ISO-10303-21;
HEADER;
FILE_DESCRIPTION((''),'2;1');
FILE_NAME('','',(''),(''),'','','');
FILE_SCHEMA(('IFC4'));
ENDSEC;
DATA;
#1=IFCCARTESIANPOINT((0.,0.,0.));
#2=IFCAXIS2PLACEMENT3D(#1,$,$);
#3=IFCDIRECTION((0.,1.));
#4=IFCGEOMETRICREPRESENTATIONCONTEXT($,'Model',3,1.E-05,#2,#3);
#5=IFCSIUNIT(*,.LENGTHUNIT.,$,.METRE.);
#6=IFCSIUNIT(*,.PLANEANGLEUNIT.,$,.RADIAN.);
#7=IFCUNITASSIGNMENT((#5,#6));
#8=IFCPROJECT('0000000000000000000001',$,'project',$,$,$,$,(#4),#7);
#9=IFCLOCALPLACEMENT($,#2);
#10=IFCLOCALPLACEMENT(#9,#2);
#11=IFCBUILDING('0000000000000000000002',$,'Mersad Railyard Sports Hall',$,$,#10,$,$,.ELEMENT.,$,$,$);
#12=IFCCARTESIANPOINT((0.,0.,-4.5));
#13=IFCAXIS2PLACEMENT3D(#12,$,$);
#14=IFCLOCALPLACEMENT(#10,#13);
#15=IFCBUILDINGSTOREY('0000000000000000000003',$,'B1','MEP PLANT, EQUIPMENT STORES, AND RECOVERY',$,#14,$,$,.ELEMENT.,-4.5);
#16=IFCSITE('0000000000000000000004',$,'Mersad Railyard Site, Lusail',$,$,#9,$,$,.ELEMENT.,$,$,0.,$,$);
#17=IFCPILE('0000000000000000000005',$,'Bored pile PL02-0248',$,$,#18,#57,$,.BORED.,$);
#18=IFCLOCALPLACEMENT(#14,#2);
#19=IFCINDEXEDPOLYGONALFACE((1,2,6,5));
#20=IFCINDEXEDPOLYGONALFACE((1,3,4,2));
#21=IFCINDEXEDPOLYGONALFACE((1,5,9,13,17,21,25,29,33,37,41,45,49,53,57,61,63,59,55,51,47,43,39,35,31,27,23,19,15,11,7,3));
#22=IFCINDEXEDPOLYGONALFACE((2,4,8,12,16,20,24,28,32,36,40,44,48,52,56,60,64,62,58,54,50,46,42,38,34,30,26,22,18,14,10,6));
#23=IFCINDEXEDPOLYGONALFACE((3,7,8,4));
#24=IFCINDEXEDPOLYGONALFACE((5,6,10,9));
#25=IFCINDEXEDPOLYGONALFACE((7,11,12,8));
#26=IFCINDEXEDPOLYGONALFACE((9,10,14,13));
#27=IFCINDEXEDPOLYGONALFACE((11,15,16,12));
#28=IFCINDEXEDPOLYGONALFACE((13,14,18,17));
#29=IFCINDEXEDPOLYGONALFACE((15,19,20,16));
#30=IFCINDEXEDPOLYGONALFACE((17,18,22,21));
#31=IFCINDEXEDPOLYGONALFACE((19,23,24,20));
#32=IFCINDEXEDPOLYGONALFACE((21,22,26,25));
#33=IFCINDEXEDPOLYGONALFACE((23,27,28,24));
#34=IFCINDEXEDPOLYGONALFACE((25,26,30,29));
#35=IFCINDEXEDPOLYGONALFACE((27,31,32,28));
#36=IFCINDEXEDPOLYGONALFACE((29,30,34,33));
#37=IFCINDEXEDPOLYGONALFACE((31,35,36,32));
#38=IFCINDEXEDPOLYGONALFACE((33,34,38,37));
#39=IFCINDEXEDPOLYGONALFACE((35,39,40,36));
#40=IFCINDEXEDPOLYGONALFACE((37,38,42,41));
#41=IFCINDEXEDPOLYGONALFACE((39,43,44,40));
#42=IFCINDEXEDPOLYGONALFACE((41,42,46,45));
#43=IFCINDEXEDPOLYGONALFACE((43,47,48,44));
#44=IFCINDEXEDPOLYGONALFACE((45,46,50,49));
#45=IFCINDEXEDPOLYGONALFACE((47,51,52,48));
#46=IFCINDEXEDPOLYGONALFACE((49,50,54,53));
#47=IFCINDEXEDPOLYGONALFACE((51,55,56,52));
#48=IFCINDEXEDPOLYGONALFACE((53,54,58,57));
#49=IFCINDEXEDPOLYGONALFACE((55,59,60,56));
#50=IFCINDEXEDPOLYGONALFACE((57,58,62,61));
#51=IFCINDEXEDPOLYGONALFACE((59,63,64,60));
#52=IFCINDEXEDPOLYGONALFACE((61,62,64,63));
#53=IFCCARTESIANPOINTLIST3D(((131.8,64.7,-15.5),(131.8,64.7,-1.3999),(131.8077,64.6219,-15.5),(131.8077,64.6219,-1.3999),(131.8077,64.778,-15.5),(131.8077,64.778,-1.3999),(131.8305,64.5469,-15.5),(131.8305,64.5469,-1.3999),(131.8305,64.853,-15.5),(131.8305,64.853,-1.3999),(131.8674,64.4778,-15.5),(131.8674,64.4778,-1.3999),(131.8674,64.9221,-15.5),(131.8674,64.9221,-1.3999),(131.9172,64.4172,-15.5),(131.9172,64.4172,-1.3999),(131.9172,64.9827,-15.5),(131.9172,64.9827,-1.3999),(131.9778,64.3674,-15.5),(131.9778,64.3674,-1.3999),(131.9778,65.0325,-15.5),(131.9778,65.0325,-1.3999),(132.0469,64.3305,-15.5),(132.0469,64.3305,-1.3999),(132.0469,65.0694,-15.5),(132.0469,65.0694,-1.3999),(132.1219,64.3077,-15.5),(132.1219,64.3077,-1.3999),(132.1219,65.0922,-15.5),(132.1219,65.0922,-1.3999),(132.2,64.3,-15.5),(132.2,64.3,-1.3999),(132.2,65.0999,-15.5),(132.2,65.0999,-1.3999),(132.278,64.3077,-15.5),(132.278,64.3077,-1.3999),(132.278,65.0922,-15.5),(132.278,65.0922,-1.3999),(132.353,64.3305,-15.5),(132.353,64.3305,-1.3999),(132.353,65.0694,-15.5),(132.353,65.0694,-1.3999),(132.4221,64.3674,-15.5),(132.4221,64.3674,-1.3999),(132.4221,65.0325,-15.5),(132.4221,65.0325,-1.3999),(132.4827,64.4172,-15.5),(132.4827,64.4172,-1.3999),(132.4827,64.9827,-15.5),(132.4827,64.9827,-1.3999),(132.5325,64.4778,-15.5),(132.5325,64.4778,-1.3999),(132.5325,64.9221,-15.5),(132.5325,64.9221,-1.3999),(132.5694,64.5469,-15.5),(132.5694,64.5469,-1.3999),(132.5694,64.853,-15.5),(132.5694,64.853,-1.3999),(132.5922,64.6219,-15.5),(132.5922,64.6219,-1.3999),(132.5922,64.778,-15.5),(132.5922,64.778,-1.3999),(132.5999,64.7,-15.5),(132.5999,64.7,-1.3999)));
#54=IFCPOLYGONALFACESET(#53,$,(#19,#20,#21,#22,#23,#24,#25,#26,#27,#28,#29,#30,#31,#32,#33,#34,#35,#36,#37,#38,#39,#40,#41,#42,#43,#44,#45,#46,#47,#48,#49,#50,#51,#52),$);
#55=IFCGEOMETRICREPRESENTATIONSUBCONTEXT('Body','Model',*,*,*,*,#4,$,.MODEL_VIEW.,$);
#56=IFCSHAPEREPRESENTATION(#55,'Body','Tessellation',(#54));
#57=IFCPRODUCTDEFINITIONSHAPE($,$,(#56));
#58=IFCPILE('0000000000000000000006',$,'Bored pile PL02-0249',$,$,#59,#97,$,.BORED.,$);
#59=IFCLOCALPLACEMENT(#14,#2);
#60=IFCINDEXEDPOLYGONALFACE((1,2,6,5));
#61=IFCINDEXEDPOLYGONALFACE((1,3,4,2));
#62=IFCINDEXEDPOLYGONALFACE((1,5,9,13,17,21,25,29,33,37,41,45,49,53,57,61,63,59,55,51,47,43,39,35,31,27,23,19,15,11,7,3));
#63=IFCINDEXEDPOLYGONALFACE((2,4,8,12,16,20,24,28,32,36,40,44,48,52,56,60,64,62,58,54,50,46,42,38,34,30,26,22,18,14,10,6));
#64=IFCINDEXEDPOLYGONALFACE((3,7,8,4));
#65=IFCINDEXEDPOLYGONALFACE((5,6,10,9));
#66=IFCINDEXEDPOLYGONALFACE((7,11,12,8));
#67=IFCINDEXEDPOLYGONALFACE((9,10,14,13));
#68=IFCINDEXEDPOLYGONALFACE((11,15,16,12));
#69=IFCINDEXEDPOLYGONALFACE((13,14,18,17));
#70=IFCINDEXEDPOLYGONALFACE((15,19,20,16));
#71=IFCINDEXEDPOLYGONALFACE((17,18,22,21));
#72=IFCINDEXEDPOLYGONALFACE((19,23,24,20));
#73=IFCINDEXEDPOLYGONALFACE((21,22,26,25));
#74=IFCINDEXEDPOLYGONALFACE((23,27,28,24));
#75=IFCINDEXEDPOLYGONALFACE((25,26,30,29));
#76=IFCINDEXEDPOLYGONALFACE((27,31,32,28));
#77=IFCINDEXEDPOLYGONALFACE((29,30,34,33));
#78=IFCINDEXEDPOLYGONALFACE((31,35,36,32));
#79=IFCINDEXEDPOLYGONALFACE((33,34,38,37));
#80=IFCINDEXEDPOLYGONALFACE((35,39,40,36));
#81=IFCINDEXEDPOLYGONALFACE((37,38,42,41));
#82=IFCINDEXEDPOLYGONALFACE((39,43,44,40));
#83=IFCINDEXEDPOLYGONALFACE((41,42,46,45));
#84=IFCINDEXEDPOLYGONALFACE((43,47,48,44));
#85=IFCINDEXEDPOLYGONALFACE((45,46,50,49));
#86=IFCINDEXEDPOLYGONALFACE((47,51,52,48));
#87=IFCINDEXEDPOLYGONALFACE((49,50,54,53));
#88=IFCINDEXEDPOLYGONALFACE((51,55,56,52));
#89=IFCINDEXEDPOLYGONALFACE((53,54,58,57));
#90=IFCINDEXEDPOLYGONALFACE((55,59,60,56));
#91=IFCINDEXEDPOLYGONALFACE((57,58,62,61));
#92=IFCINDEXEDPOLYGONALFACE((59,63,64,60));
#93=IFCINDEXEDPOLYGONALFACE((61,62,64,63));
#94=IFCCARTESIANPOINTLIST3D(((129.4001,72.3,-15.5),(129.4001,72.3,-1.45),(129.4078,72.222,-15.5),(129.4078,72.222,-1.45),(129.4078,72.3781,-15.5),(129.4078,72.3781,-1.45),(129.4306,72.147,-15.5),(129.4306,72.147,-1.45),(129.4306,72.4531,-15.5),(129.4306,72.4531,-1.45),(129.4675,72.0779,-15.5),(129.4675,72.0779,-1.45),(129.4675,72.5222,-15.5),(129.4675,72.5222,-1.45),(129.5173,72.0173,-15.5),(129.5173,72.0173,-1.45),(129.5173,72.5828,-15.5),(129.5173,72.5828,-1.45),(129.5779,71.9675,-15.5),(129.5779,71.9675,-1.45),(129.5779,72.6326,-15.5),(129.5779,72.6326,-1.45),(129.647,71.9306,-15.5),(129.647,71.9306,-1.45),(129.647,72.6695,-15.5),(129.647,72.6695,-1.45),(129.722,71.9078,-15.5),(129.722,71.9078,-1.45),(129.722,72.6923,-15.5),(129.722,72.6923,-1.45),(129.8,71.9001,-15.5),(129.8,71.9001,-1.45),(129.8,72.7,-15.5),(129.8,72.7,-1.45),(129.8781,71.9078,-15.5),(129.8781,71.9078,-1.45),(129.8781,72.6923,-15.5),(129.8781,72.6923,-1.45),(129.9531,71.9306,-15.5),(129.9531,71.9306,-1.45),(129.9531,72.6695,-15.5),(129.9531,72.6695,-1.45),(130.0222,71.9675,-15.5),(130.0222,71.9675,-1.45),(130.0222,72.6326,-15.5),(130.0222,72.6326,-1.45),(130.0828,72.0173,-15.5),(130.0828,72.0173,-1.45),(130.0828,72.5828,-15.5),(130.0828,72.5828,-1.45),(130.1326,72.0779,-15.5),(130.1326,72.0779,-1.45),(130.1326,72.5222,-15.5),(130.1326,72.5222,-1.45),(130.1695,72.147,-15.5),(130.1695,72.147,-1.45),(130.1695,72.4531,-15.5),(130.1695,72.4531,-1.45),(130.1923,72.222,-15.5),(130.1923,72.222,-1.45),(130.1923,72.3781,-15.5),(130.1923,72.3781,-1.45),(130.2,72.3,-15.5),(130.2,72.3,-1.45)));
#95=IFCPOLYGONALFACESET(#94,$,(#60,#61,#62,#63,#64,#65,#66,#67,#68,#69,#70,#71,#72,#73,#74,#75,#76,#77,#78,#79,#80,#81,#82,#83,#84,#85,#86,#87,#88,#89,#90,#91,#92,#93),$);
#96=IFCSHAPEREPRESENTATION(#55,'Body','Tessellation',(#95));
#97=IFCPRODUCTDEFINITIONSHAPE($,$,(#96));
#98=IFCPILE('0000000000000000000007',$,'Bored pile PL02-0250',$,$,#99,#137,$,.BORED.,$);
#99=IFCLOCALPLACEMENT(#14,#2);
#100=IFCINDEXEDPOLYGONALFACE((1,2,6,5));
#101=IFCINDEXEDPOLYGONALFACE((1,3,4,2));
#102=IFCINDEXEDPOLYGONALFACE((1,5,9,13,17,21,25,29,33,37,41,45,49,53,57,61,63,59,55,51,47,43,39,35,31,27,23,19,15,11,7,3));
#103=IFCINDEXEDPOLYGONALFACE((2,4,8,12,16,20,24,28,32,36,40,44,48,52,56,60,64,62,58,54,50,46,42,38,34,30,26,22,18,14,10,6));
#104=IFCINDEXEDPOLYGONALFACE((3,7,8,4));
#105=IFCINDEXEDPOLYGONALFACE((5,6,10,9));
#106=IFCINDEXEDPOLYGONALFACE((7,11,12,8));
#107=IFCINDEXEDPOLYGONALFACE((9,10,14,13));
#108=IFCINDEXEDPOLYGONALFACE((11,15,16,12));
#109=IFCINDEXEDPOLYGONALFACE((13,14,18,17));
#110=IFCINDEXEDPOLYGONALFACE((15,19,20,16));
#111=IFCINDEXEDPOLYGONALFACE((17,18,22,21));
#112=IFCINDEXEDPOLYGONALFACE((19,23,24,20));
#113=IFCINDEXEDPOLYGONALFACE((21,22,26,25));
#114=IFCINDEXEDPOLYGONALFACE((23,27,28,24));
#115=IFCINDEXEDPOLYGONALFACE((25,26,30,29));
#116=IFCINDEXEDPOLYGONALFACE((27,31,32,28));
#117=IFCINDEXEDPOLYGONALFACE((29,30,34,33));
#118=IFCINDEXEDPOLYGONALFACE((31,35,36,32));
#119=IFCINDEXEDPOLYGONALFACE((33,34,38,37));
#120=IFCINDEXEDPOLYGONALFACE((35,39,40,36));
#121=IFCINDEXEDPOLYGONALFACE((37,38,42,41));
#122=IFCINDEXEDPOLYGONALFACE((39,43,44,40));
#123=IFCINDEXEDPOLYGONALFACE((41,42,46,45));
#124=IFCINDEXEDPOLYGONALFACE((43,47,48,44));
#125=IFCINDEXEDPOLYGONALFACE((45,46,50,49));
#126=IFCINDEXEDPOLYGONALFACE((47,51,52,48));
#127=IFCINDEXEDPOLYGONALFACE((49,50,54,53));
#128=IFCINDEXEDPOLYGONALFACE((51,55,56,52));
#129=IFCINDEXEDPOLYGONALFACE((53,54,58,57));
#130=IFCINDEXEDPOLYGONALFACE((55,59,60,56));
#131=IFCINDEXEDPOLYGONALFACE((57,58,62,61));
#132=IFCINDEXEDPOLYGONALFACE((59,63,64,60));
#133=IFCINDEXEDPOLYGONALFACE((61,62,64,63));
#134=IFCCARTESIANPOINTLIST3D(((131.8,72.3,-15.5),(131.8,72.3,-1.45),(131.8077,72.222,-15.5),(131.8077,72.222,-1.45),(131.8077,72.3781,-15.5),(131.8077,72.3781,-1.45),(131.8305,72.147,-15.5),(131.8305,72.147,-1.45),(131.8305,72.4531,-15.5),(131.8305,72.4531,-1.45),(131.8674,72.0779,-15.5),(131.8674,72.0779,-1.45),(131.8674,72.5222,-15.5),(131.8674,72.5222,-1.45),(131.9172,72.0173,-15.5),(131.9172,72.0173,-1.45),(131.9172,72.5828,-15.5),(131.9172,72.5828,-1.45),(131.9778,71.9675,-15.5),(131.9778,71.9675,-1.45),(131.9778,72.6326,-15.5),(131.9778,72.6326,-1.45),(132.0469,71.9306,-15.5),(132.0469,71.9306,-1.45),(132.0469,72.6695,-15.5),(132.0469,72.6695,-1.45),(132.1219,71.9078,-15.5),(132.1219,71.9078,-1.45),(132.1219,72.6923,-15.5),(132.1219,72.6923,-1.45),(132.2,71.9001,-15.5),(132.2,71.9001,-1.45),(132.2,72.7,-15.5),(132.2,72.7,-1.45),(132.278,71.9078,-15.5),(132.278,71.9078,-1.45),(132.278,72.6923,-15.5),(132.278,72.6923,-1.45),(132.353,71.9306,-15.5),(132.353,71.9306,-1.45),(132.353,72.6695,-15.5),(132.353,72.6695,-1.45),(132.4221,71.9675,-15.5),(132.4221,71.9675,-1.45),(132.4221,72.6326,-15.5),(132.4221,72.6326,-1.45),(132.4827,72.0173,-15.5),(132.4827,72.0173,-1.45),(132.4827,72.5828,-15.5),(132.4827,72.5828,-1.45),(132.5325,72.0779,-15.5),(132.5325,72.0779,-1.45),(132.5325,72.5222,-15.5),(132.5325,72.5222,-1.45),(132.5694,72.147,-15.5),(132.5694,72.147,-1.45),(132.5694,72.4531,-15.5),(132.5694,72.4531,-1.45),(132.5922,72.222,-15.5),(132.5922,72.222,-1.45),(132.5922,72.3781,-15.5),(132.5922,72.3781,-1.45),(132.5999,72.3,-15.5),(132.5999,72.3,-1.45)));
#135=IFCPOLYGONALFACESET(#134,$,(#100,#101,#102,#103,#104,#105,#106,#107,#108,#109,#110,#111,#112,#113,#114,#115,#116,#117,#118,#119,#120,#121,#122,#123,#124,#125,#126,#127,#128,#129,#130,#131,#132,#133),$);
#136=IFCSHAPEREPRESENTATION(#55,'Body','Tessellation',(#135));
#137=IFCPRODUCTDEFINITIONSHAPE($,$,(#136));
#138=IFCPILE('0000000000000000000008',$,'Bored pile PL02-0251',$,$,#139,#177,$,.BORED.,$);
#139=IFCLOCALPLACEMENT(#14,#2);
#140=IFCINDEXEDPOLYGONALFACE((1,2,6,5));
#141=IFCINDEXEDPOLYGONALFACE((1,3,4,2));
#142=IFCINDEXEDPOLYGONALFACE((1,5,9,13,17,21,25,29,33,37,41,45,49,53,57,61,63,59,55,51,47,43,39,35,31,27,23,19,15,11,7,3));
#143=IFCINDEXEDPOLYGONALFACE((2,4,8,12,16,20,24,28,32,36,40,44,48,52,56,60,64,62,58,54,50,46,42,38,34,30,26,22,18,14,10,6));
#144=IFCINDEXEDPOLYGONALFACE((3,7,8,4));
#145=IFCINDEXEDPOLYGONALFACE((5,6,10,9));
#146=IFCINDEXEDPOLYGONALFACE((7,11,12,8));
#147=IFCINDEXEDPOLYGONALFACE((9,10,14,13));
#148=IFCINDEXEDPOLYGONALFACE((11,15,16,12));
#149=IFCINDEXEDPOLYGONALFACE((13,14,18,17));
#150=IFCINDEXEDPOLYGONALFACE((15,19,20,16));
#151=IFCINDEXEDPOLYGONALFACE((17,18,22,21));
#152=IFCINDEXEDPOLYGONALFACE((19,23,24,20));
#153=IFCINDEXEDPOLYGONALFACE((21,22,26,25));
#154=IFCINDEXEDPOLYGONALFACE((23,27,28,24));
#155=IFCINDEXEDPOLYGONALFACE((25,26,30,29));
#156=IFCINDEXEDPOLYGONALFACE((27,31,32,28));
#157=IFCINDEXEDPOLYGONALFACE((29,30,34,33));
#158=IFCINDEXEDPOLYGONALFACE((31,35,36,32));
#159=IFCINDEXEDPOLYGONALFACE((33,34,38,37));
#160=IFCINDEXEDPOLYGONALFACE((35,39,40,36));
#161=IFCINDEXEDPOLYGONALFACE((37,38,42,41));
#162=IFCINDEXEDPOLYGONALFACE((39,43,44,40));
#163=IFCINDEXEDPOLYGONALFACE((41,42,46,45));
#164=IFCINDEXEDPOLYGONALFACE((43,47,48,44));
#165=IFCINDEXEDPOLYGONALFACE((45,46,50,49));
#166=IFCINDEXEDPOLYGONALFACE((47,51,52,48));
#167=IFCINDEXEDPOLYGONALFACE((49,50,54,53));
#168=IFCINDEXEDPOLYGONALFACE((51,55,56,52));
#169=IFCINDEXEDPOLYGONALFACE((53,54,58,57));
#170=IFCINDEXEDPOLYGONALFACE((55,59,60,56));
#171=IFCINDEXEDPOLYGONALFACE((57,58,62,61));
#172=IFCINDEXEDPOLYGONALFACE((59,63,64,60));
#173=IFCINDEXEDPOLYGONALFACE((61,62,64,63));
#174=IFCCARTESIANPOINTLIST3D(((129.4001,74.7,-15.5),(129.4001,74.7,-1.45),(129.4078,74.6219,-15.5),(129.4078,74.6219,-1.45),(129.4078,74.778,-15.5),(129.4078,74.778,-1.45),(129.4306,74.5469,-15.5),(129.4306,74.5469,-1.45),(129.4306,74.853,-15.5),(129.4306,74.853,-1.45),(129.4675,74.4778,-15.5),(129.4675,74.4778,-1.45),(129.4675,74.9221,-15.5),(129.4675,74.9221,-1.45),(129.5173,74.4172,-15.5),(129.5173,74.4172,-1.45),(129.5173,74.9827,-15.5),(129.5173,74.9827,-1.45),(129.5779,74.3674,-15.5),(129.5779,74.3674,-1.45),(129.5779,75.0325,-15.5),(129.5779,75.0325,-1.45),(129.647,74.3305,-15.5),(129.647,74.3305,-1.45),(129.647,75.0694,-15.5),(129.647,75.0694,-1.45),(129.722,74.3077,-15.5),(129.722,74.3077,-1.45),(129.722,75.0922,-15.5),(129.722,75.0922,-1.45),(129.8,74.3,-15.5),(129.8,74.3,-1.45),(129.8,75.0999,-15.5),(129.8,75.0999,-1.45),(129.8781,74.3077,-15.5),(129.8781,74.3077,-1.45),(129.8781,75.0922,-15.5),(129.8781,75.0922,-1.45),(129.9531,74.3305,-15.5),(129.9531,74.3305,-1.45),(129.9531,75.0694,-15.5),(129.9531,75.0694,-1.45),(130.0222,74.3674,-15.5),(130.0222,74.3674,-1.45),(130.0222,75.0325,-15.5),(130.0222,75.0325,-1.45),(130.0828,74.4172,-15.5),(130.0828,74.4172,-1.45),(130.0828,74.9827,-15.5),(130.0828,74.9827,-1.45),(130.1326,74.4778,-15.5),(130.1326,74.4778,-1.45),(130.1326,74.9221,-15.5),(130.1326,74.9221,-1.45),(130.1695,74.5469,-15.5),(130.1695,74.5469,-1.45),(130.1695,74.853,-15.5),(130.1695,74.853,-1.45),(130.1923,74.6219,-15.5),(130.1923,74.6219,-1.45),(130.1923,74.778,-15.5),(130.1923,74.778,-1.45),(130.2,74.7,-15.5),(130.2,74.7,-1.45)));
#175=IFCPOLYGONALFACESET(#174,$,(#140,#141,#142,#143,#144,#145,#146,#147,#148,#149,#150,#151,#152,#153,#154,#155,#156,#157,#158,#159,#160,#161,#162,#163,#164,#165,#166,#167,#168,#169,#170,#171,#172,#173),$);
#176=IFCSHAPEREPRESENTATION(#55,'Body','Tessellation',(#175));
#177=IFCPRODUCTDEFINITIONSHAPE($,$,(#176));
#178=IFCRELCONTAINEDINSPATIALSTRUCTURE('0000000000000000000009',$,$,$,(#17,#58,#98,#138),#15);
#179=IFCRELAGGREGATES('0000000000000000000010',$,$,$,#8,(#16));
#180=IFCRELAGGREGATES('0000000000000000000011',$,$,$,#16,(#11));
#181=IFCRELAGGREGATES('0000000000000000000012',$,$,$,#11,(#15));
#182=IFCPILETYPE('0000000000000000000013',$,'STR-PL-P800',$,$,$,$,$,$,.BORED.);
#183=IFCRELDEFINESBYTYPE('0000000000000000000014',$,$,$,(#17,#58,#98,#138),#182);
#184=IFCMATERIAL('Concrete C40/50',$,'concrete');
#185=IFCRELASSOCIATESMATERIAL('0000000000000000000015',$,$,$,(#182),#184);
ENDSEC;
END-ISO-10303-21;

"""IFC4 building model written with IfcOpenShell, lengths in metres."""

from ifc_helpers import new_model, si_unit, direction, frame, origin, origin_2d, place, context, subcontext, project, spatial, circle, extrude, material, material_profile, profile_set, type_object, element, save


model = new_model("IFC4")

# Units and contexts
model_context = context("Model", 3, precision=1e-05, world=origin(), true_north=direction((0.0, 1.0)))
body_context = subcontext(model_context, "Body", "Model", "MODEL_VIEW")
ifc_project = project(units=[si_unit("LENGTHUNIT", "METRE"), si_unit("PLANEANGLEUNIT", "RADIAN")], contexts=[model_context])

# Site, building, storey
site_placement = place(None, origin())
site = spatial("IfcSite", under=ifc_project, at=site_placement, Name="Mersad Railyard Site, Lusail", CompositionType="ELEMENT", RefElevation=0.0)
building_placement = place(site_placement, origin())
building = spatial("IfcBuilding", under=site, at=building_placement, Name="Mersad Railyard Sports Hall", CompositionType="ELEMENT")
storey_placement = place(building_placement, frame((0.0, 0.0, -4.5)))
storey = spatial("IfcBuildingStorey", under=building, at=storey_placement, Name="B1", Description="MEP PLANT, EQUIPMENT STORES, AND RECOVERY", CompositionType="ELEMENT", Elevation=-4.5)

# Shared definitions
ifc_material_1 = material(Name="Concrete C40/50", Category="concrete")

# Piles
ifc_material_profile_1 = material_profile(ifc_material_1, circle(Radius=0.3999, at=origin_2d()), Name="BORED PILE D800")
ifc_profile_set_1 = profile_set([ifc_material_profile_1], Name="Concrete C40/50")
pile_type_1 = type_object("IfcPileType", Name="STR-PL-P800", PredefinedType="BORED", material=ifc_profile_set_1)
for number, where, z_axis, x_axis, name in (
    (1, (132.2, 64.7, -1.3999), (0.0, 0.0, -1.0), (1.0, 0.0, 0.0), "Bored pile PL02-0248"),
):
    element("IfcPile", number, at=place(storey_placement, frame(where, z_axis=z_axis, x_axis=x_axis)), inside=storey, type_object=pile_type_1, Name=name, PredefinedType="BORED", context=body_context, shape_type="SweptSolid", body=[
        extrude(circle(Radius=0.3999, at=origin_2d()), origin(), (0.0, 0.0, 1.0), 14.1001),
    ])
for number, where, z_axis, x_axis, name in (
    (2, (129.8, 72.3, -1.45), (0.0, 0.0, -1.0), (1.0, 0.0, 0.0), "Bored pile PL02-0249"),
    (3, (132.2, 72.3, -1.45), (0.0, 0.0, -1.0), (1.0, 0.0, 0.0), "Bored pile PL02-0250"),
    (4, (129.8, 74.7, -1.45), (0.0, 0.0, -1.0), (1.0, 0.0, 0.0), "Bored pile PL02-0251"),
):
    element("IfcPile", number, at=place(storey_placement, frame(where, z_axis=z_axis, x_axis=x_axis)), inside=storey, type_object=pile_type_1, Name=name, PredefinedType="BORED", context=body_context, shape_type="SweptSolid", body=[
        extrude(circle(Radius=0.3999, at=origin_2d()), origin(), (0.0, 0.0, 1.0), 14.05),
    ])

save(model, "model.ifc")
